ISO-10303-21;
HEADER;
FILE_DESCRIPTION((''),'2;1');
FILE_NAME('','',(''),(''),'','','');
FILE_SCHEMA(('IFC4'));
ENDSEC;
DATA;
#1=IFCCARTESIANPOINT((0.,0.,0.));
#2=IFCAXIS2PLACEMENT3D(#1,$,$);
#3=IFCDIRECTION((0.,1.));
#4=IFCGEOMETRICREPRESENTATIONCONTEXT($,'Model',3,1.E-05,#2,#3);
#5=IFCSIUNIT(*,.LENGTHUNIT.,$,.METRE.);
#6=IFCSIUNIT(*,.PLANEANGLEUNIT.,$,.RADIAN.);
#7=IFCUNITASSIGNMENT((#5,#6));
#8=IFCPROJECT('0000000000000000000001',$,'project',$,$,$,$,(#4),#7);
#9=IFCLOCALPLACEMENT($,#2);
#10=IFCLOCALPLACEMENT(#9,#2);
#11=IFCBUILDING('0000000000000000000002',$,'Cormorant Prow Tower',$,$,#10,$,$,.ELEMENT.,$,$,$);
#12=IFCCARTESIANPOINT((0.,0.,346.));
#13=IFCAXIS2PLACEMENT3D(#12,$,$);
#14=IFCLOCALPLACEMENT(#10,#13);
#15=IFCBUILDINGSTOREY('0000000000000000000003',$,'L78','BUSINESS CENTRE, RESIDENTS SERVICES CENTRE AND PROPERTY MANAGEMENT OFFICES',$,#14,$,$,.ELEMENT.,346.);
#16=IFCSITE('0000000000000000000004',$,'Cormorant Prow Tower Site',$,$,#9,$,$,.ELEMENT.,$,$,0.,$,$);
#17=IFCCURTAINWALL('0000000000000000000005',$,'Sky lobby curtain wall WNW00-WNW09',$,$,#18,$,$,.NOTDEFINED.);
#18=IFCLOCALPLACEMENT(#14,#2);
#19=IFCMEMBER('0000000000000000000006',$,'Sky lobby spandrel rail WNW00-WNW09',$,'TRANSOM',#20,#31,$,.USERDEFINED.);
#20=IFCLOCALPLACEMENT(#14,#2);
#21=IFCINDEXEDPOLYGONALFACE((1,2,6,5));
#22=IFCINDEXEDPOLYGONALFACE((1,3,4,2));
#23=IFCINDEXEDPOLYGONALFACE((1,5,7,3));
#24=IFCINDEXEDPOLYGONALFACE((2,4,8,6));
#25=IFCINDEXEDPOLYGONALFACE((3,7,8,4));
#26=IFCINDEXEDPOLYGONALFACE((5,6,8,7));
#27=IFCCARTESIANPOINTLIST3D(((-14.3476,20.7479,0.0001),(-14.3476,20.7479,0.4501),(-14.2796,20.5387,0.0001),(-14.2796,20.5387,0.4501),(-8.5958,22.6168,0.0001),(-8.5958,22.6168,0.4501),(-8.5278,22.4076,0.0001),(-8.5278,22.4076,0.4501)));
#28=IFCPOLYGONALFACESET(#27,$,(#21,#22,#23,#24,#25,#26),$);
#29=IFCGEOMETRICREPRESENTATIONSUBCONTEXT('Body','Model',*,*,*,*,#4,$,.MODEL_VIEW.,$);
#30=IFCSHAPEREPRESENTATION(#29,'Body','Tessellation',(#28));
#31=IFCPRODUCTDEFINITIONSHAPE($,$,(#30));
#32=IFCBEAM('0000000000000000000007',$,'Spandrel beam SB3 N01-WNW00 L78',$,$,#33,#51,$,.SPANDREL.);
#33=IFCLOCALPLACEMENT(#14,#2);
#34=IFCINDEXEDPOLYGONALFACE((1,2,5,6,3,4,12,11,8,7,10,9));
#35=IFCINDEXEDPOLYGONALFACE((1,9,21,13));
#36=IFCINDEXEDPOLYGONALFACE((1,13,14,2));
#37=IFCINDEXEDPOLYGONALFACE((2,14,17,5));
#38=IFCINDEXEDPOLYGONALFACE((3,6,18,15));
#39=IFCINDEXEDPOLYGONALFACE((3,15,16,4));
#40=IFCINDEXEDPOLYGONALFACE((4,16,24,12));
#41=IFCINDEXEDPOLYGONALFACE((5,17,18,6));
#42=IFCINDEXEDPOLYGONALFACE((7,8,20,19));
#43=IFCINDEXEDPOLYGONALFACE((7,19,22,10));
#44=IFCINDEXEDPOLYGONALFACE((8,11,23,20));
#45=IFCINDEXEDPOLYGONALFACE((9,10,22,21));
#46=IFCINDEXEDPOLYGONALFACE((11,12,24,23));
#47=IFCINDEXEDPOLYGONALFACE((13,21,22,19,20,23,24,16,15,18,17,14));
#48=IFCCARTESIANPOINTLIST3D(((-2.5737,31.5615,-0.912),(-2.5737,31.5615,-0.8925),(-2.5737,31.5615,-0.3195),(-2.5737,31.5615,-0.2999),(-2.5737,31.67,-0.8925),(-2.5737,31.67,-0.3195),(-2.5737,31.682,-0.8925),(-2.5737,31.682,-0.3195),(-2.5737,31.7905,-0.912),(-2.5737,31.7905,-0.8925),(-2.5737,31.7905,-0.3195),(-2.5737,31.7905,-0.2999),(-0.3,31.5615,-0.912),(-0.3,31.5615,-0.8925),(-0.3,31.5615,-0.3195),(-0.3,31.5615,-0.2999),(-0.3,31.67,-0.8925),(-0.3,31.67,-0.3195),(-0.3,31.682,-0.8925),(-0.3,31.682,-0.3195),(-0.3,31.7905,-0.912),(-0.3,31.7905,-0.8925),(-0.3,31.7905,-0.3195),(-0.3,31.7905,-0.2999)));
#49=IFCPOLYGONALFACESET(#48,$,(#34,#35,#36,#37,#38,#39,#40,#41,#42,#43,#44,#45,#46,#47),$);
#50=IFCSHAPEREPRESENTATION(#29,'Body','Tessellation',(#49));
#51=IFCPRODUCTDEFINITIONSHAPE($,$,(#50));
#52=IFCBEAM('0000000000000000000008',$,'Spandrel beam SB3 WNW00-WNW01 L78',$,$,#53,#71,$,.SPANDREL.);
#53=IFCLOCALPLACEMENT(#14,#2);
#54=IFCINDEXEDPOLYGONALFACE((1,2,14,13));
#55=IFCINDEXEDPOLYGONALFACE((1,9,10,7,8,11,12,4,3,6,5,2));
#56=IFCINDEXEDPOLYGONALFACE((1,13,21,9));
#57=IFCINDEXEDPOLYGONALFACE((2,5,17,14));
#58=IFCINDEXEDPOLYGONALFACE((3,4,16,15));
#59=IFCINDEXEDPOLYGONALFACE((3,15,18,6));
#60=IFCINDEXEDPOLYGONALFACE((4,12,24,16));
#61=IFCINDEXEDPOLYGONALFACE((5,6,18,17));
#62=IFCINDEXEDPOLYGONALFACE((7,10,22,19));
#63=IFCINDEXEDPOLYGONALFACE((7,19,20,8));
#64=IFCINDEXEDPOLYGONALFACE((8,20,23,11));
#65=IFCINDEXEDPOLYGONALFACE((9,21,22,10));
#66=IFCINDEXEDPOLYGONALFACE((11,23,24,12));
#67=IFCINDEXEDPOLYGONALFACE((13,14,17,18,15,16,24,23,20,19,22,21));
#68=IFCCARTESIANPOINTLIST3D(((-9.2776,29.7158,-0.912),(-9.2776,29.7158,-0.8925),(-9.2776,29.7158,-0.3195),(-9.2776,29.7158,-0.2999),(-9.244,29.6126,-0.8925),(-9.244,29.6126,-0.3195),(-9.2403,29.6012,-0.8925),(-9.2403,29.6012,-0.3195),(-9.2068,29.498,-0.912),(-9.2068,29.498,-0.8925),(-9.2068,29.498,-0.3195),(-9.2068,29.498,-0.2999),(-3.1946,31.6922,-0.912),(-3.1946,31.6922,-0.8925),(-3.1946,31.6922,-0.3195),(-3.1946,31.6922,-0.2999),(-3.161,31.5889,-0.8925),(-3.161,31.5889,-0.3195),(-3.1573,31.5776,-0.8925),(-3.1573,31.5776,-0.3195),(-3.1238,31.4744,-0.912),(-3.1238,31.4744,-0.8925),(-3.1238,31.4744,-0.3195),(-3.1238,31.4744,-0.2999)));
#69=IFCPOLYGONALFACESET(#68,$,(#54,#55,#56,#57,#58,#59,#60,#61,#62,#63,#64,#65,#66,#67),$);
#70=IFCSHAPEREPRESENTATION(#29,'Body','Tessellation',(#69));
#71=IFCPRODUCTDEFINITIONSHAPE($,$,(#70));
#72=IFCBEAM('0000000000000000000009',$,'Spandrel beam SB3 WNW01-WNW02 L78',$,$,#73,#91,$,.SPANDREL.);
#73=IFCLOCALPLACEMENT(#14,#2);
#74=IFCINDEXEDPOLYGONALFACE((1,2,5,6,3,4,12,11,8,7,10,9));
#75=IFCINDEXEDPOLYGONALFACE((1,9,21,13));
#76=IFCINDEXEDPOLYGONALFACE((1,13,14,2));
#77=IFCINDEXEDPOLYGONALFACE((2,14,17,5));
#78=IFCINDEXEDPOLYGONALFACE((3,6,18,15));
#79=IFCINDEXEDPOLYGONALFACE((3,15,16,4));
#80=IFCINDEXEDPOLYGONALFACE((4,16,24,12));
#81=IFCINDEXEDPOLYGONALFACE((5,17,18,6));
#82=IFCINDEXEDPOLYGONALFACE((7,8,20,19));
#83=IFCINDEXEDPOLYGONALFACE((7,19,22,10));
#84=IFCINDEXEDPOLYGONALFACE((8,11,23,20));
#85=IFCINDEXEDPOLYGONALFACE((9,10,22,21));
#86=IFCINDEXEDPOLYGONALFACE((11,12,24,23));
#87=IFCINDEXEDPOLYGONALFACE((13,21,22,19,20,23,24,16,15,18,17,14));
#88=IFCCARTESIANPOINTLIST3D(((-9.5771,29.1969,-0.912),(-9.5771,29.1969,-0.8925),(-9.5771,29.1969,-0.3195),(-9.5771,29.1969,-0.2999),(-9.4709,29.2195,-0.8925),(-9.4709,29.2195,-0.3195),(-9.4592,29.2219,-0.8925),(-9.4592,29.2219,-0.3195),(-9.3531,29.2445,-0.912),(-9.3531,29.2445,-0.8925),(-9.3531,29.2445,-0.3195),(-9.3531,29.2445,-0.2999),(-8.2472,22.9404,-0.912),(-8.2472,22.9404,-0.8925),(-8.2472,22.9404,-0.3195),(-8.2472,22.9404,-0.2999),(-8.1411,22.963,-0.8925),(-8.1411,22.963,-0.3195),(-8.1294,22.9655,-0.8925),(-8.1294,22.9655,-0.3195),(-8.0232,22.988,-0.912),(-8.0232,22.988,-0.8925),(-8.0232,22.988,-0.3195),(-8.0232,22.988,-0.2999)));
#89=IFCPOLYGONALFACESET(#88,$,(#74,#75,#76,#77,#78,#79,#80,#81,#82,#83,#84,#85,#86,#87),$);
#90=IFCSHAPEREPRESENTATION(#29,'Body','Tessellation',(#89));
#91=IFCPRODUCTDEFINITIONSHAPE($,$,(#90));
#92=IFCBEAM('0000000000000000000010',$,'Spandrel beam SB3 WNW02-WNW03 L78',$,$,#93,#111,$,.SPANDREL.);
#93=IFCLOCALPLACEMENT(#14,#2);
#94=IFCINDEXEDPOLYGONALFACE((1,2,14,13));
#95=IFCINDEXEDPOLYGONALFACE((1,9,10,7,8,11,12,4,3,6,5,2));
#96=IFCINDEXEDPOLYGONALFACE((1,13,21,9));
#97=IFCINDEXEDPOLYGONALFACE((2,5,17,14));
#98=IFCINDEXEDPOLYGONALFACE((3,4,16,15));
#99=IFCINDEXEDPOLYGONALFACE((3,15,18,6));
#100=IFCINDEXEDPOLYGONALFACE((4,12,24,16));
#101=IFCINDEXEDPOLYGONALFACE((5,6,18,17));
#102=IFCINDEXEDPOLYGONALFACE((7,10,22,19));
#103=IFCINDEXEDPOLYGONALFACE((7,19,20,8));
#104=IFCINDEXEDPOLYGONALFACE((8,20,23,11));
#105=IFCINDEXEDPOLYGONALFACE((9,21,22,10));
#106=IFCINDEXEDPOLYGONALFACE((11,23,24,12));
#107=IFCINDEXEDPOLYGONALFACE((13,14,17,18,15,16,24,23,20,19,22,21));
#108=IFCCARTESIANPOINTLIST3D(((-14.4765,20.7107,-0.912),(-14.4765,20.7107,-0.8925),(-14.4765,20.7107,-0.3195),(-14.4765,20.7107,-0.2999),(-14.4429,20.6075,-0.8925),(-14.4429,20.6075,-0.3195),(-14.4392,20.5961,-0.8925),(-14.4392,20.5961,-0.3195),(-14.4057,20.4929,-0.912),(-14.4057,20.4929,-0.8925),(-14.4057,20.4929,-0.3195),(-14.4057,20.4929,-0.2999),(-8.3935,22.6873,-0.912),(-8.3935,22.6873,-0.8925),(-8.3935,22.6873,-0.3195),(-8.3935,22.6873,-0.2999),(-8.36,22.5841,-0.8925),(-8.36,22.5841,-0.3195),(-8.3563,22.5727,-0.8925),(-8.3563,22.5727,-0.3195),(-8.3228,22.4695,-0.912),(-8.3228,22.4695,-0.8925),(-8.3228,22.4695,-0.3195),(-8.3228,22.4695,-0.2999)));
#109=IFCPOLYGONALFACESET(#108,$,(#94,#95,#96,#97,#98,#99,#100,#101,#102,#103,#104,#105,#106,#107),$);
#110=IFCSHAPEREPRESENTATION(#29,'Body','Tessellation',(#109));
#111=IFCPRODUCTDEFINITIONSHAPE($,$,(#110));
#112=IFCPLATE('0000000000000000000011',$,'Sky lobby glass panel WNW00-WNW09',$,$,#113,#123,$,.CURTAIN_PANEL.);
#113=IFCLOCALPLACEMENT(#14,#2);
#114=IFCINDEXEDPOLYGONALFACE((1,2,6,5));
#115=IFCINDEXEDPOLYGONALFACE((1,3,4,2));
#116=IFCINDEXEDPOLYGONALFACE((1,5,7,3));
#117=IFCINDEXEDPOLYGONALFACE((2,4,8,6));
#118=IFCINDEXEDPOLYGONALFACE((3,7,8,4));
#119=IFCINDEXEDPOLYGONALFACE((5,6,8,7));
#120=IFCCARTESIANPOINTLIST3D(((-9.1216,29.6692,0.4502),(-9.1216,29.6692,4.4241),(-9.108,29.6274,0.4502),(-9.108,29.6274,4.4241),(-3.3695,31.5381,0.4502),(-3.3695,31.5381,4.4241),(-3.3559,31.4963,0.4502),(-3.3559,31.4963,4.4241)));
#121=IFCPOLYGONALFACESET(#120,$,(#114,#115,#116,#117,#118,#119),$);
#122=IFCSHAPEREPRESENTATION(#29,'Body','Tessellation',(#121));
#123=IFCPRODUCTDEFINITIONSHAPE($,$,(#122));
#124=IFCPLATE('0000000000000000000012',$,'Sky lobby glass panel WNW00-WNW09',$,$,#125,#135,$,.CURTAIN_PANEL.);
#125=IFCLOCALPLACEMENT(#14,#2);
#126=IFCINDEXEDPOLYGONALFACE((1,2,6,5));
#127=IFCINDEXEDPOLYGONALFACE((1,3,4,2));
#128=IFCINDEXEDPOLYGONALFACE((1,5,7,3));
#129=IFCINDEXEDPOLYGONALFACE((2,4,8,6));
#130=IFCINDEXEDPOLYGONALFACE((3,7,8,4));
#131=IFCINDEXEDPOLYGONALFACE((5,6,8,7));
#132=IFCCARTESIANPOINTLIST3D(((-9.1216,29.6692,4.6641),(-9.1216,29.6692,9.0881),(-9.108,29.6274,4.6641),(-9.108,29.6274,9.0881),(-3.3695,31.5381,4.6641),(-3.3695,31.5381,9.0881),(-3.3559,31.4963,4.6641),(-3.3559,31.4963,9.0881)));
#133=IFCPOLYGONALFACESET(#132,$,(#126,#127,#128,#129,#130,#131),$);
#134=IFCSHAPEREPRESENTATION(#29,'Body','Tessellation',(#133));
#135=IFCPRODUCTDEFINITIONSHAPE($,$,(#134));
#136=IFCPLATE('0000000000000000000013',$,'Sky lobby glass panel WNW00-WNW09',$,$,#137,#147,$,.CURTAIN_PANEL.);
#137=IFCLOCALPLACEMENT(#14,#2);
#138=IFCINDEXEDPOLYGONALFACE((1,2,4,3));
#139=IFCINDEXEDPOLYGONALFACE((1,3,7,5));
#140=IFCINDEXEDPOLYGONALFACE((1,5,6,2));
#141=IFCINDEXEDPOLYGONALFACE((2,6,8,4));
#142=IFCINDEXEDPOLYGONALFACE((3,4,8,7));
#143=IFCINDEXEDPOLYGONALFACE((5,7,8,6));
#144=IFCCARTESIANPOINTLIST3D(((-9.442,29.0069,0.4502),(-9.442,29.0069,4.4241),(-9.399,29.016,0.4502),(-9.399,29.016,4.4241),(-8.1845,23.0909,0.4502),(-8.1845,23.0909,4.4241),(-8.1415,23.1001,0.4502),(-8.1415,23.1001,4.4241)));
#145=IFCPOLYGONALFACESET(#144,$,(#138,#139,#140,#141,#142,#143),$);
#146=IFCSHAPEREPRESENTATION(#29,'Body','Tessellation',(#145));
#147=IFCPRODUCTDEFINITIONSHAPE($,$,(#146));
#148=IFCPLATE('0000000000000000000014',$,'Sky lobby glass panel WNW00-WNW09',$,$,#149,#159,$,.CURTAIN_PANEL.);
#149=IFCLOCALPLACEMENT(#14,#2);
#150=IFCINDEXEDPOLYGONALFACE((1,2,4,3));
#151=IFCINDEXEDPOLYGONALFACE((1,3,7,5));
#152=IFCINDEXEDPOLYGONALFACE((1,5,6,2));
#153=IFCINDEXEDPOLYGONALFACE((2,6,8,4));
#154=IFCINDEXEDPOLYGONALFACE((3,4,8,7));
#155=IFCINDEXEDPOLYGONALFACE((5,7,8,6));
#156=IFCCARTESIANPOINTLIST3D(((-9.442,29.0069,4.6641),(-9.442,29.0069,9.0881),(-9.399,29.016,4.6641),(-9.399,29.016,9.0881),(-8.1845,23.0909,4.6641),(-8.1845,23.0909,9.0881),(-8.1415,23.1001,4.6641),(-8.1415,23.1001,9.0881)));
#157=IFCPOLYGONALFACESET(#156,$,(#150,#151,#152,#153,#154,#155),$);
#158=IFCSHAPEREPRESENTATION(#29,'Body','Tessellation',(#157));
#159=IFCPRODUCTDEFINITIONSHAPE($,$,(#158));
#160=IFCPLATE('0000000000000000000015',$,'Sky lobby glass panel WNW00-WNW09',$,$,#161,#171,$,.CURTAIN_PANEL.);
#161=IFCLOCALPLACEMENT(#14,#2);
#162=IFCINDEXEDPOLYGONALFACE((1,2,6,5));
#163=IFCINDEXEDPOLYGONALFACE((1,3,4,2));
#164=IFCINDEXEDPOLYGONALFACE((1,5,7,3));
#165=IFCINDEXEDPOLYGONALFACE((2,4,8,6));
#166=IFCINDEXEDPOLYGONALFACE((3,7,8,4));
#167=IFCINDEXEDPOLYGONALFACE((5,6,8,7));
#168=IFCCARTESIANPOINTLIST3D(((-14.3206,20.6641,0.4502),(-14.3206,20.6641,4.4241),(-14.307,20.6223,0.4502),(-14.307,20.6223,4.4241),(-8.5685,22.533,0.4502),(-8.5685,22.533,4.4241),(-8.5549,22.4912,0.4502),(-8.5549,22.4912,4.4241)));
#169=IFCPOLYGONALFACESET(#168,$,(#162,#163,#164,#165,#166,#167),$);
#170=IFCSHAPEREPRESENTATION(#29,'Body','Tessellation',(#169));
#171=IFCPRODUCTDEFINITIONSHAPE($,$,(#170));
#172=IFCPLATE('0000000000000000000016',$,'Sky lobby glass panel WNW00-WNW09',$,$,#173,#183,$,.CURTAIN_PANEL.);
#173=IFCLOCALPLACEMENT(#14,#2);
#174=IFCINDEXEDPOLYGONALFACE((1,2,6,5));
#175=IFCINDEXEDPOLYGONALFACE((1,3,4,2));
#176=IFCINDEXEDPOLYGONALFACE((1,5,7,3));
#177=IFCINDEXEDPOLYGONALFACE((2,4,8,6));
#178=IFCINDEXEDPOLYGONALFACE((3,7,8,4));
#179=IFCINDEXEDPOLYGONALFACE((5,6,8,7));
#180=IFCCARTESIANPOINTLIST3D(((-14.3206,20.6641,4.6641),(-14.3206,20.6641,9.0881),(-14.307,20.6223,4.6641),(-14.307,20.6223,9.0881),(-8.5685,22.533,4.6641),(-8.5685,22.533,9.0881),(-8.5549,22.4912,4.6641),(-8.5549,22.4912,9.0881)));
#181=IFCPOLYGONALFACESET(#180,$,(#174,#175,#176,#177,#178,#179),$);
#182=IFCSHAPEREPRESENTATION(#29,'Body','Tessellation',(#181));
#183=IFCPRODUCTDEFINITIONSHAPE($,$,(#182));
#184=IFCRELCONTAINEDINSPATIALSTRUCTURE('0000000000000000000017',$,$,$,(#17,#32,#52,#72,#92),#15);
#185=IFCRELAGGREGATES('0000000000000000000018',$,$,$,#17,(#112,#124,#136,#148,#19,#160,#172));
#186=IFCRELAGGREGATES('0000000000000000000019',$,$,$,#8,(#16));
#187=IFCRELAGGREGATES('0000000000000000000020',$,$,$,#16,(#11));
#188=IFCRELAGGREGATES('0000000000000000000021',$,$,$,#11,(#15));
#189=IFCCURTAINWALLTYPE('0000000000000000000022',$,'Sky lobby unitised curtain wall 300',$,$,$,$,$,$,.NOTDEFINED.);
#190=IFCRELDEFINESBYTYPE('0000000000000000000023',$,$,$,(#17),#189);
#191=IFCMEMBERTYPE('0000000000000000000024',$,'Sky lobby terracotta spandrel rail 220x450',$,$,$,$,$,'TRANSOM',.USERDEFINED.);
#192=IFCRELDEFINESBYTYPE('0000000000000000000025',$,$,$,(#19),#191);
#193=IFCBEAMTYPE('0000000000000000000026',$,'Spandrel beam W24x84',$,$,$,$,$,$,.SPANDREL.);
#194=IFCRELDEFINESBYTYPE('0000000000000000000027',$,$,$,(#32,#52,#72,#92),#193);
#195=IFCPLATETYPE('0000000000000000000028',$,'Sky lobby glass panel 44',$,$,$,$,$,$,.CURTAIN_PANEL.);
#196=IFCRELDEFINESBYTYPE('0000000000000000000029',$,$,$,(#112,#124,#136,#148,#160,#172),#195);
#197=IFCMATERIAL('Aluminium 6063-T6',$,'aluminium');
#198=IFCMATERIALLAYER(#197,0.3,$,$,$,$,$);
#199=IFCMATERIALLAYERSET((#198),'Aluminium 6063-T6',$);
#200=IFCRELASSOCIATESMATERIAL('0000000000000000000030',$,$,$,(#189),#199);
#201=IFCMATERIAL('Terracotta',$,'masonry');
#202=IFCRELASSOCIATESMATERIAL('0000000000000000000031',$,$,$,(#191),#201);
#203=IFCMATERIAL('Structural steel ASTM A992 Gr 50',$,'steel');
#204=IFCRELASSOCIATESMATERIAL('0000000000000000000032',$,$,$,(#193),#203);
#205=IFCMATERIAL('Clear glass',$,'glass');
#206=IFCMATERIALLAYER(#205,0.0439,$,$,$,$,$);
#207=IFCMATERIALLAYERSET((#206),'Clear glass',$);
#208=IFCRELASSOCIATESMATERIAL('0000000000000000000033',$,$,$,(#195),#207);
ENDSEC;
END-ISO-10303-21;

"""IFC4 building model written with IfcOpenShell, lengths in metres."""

from ifc_helpers import new_model, si_unit, direction, frame, origin, origin_2d, place, context, subcontext, project, spatial, rectangle, i_section, extrude, material, layer, layer_set, material_profile, profile_set, type_object, element, aggregate, save


model = new_model("IFC4")

# Units and contexts
model_context = context("Model", 3, precision=1e-05, world=origin(), true_north=direction((0.0, 1.0)))
body_context = subcontext(model_context, "Body", "Model", "MODEL_VIEW")
ifc_project = project(units=[si_unit("LENGTHUNIT", "METRE"), si_unit("PLANEANGLEUNIT", "RADIAN")], contexts=[model_context])

# Site, building, storey
site_placement = place(None, origin())
site = spatial("IfcSite", under=ifc_project, at=site_placement, Name="Cormorant Prow Tower Site", CompositionType="ELEMENT", RefElevation=0.0)
building_placement = place(site_placement, origin())
building = spatial("IfcBuilding", under=site, at=building_placement, Name="Cormorant Prow Tower", CompositionType="ELEMENT")
storey_placement = place(building_placement, frame((0.0, 0.0, 346.0)))
storey = spatial("IfcBuildingStorey", under=building, at=storey_placement, Name="L78", Description="BUSINESS CENTRE, RESIDENTS SERVICES CENTRE AND PROPERTY MANAGEMENT OFFICES", CompositionType="ELEMENT", Elevation=346.0)

# Curtain wall, member
ifc_material_1 = material(Name="Aluminium 6063-T6", Category="aluminium")
ifc_layer_1 = layer(ifc_material_1, 0.3)
ifc_layer_set_1 = layer_set([ifc_layer_1], Name="Aluminium 6063-T6")
curtain_wall_type = type_object("IfcCurtainWallType", Name="Sky lobby unitised curtain wall 300", PredefinedType="NOTDEFINED", material=ifc_layer_set_1)
curtain_wall_placement = place(storey_placement, origin())
curtain_wall = element("IfcCurtainWall", 1, at=curtain_wall_placement, inside=storey, type_object=curtain_wall_type, Name="Sky lobby curtain wall WNW00-WNW09", PredefinedType="NOTDEFINED")
ifc_material_2 = material(Name="Terracotta", Category="masonry")
ifc_material_profile_1 = material_profile(ifc_material_2, rectangle(XDim=0.22, YDim=0.45, at=origin_2d()), Name="Sky lobby terracotta spandrel rail 220x450")
ifc_profile_set_1 = profile_set([ifc_material_profile_1], Name="Terracotta")
member_type_1 = type_object("IfcMemberType", Name="Sky lobby terracotta spandrel rail 220x450", ElementType="TRANSOM", PredefinedType="USERDEFINED", material=ifc_profile_set_1)
member_1_placement = place(storey_placement, frame((-8.5618, 22.5122, 0.2251), z_axis=(-0.951058, -0.309013, 0.0), x_axis=(0.309013, -0.951058, 0.0)))
member_1 = element("IfcMember", 2, at=member_1_placement, type_object=member_type_1, Name="Sky lobby spandrel rail WNW00-WNW09", ObjectType="TRANSOM", PredefinedType="USERDEFINED", context=body_context, shape_type="SweptSolid", body=[
    extrude(rectangle(XDim=0.22, YDim=0.45, at=origin_2d()), origin(), (0.0, 0.0, 1.0), 6.0479),
])

# Beams
ifc_material_3 = material(Name="Structural steel ASTM A992 Gr 50", Category="steel")
ifc_material_profile_2 = material_profile(ifc_material_3, i_section(OverallWidth=0.229, OverallDepth=0.6121, WebThickness=0.012, FlangeThickness=0.0195, at=origin_2d()), Name="W24x84")
ifc_profile_set_2 = profile_set([ifc_material_profile_2], Name="Structural steel ASTM A992 Gr 50")
beam_type = type_object("IfcBeamType", Name="Spandrel beam W24x84", PredefinedType="SPANDREL", material=ifc_profile_set_2)
beam_1_placement = place(storey_placement, frame((-0.3, 31.676, -0.606), z_axis=(-1.0, 0.0, 0.0), x_axis=(0.0, -1.0, 0.0)))
element("IfcBeam", 3, at=beam_1_placement, inside=storey, type_object=beam_type, Name="Spandrel beam SB3 N01-WNW00 L78", PredefinedType="SPANDREL", context=body_context, shape_type="SweptSolid", body=[
    extrude(i_section(OverallWidth=0.229, OverallDepth=0.6121, WebThickness=0.012, FlangeThickness=0.0195, at=origin_2d()), origin(), (0.0, 0.0, 1.0), 2.2737),
])
beam_2_placement = place(storey_placement, frame((-3.1592, 31.5833, -0.606), z_axis=(-0.951064, -0.308993, 0.0), x_axis=(0.308993, -0.951064, 0.0)))
element("IfcBeam", 4, at=beam_2_placement, inside=storey, type_object=beam_type, Name="Spandrel beam SB3 WNW00-WNW01 L78", PredefinedType="SPANDREL", context=body_context, shape_type="SweptSolid", body=[
    extrude(i_section(OverallWidth=0.229, OverallDepth=0.6121, WebThickness=0.012, FlangeThickness=0.0195, at=origin_2d()), origin(), (0.0, 0.0, 1.0), 6.396),
])
beam_3_placement = place(storey_placement, frame((-9.4651, 29.2207, -0.606), z_axis=(0.207913, -0.978147, 0.0), x_axis=(0.978147, 0.207913, 0.0)))
element("IfcBeam", 5, at=beam_3_placement, inside=storey, type_object=beam_type, Name="Spandrel beam SB3 WNW01-WNW02 L78", PredefinedType="SPANDREL", context=body_context, shape_type="SweptSolid", body=[
    extrude(i_section(OverallWidth=0.229, OverallDepth=0.6121, WebThickness=0.012, FlangeThickness=0.0195, at=origin_2d()), origin(), (0.0, 0.0, 1.0), 6.3962),
])
beam_4_placement = place(storey_placement, frame((-8.3582, 22.5784, -0.606), z_axis=(-0.951053, -0.309027, 0.0), x_axis=(0.309027, -0.951053, 0.0)))
element("IfcBeam", 6, at=beam_4_placement, inside=storey, type_object=beam_type, Name="Spandrel beam SB3 WNW02-WNW03 L78", PredefinedType="SPANDREL", context=body_context, shape_type="SweptSolid", body=[
    extrude(i_section(OverallWidth=0.229, OverallDepth=0.6121, WebThickness=0.012, FlangeThickness=0.0195, at=origin_2d()), origin(), (0.0, 0.0, 1.0), 6.396),
])

# Plates
ifc_material_4 = material(Name="Clear glass", Category="glass")
ifc_layer_2 = layer(ifc_material_4, 0.0439)
ifc_layer_set_2 = layer_set([ifc_layer_2], Name="Clear glass")
plate_type = type_object("IfcPlateType", Name="Sky lobby glass panel 44", PredefinedType="CURTAIN_PANEL", material=ifc_layer_set_2)
plate_1_placement = place(storey_placement, frame((-6.2388, 30.5828, 0.4502), z_axis=(0.0, 0.0, 1.0), x_axis=(-0.951057, -0.309017, 0.0)))
plate_1 = element("IfcPlate", 7, at=plate_1_placement, type_object=plate_type, Name="Sky lobby glass panel WNW00-WNW09", PredefinedType="CURTAIN_PANEL", context=body_context, shape_type="SweptSolid", body=[
    extrude(rectangle(XDim=6.0481, YDim=0.0439, at=origin_2d()), origin(), (0.0, 0.0, 1.0), 3.9739),
])
plate_2_placement = place(storey_placement, frame((-6.2388, 30.5828, 4.6641), z_axis=(0.0, 0.0, 1.0), x_axis=(-0.951057, -0.309017, 0.0)))
plate_2 = element("IfcPlate", 8, at=plate_2_placement, type_object=plate_type, Name="Sky lobby glass panel WNW00-WNW09", PredefinedType="CURTAIN_PANEL", context=body_context, shape_type="SweptSolid", body=[
    extrude(rectangle(XDim=6.0481, YDim=0.0439, at=origin_2d()), origin(), (0.0, 0.0, 1.0), 4.4241),
])
plate_3_placement = place(storey_placement, frame((-8.7917, 26.0535, 0.4502), z_axis=(0.0, 0.0, 1.0), x_axis=(0.207912, -0.978148, 0.0)))
plate_3 = element("IfcPlate", 9, at=plate_3_placement, type_object=plate_type, Name="Sky lobby glass panel WNW00-WNW09", PredefinedType="CURTAIN_PANEL", context=body_context, shape_type="SweptSolid", body=[
    extrude(rectangle(XDim=6.0481, YDim=0.0439, at=origin_2d()), origin(), (0.0, 0.0, 1.0), 3.9739),
])
plate_4_placement = place(storey_placement, frame((-8.7917, 26.0535, 4.6641), z_axis=(0.0, 0.0, 1.0), x_axis=(0.207912, -0.978148, 0.0)))
plate_4 = element("IfcPlate", 10, at=plate_4_placement, type_object=plate_type, Name="Sky lobby glass panel WNW00-WNW09", PredefinedType="CURTAIN_PANEL", context=body_context, shape_type="SweptSolid", body=[
    extrude(rectangle(XDim=6.0481, YDim=0.0439, at=origin_2d()), origin(), (0.0, 0.0, 1.0), 4.4241),
])
plate_5_placement = place(storey_placement, frame((-11.4377, 21.5776, 0.4502), z_axis=(0.0, 0.0, 1.0), x_axis=(-0.951057, -0.309017, 0.0)))
plate_5 = element("IfcPlate", 11, at=plate_5_placement, type_object=plate_type, Name="Sky lobby glass panel WNW00-WNW09", PredefinedType="CURTAIN_PANEL", context=body_context, shape_type="SweptSolid", body=[
    extrude(rectangle(XDim=6.0481, YDim=0.0439, at=origin_2d()), origin(), (0.0, 0.0, 1.0), 3.9739),
])
plate_6_placement = place(storey_placement, frame((-11.4377, 21.5776, 4.6641), z_axis=(0.0, 0.0, 1.0), x_axis=(-0.951057, -0.309017, 0.0)))
plate_6 = element("IfcPlate", 12, at=plate_6_placement, type_object=plate_type, Name="Sky lobby glass panel WNW00-WNW09", PredefinedType="CURTAIN_PANEL", context=body_context, shape_type="SweptSolid", body=[
    extrude(rectangle(XDim=6.0481, YDim=0.0439, at=origin_2d()), origin(), (0.0, 0.0, 1.0), 4.4241),
])
aggregate(curtain_wall, [plate_1, plate_2, plate_3, plate_4, member_1, plate_5, plate_6])

save(model, "model.ifc")
